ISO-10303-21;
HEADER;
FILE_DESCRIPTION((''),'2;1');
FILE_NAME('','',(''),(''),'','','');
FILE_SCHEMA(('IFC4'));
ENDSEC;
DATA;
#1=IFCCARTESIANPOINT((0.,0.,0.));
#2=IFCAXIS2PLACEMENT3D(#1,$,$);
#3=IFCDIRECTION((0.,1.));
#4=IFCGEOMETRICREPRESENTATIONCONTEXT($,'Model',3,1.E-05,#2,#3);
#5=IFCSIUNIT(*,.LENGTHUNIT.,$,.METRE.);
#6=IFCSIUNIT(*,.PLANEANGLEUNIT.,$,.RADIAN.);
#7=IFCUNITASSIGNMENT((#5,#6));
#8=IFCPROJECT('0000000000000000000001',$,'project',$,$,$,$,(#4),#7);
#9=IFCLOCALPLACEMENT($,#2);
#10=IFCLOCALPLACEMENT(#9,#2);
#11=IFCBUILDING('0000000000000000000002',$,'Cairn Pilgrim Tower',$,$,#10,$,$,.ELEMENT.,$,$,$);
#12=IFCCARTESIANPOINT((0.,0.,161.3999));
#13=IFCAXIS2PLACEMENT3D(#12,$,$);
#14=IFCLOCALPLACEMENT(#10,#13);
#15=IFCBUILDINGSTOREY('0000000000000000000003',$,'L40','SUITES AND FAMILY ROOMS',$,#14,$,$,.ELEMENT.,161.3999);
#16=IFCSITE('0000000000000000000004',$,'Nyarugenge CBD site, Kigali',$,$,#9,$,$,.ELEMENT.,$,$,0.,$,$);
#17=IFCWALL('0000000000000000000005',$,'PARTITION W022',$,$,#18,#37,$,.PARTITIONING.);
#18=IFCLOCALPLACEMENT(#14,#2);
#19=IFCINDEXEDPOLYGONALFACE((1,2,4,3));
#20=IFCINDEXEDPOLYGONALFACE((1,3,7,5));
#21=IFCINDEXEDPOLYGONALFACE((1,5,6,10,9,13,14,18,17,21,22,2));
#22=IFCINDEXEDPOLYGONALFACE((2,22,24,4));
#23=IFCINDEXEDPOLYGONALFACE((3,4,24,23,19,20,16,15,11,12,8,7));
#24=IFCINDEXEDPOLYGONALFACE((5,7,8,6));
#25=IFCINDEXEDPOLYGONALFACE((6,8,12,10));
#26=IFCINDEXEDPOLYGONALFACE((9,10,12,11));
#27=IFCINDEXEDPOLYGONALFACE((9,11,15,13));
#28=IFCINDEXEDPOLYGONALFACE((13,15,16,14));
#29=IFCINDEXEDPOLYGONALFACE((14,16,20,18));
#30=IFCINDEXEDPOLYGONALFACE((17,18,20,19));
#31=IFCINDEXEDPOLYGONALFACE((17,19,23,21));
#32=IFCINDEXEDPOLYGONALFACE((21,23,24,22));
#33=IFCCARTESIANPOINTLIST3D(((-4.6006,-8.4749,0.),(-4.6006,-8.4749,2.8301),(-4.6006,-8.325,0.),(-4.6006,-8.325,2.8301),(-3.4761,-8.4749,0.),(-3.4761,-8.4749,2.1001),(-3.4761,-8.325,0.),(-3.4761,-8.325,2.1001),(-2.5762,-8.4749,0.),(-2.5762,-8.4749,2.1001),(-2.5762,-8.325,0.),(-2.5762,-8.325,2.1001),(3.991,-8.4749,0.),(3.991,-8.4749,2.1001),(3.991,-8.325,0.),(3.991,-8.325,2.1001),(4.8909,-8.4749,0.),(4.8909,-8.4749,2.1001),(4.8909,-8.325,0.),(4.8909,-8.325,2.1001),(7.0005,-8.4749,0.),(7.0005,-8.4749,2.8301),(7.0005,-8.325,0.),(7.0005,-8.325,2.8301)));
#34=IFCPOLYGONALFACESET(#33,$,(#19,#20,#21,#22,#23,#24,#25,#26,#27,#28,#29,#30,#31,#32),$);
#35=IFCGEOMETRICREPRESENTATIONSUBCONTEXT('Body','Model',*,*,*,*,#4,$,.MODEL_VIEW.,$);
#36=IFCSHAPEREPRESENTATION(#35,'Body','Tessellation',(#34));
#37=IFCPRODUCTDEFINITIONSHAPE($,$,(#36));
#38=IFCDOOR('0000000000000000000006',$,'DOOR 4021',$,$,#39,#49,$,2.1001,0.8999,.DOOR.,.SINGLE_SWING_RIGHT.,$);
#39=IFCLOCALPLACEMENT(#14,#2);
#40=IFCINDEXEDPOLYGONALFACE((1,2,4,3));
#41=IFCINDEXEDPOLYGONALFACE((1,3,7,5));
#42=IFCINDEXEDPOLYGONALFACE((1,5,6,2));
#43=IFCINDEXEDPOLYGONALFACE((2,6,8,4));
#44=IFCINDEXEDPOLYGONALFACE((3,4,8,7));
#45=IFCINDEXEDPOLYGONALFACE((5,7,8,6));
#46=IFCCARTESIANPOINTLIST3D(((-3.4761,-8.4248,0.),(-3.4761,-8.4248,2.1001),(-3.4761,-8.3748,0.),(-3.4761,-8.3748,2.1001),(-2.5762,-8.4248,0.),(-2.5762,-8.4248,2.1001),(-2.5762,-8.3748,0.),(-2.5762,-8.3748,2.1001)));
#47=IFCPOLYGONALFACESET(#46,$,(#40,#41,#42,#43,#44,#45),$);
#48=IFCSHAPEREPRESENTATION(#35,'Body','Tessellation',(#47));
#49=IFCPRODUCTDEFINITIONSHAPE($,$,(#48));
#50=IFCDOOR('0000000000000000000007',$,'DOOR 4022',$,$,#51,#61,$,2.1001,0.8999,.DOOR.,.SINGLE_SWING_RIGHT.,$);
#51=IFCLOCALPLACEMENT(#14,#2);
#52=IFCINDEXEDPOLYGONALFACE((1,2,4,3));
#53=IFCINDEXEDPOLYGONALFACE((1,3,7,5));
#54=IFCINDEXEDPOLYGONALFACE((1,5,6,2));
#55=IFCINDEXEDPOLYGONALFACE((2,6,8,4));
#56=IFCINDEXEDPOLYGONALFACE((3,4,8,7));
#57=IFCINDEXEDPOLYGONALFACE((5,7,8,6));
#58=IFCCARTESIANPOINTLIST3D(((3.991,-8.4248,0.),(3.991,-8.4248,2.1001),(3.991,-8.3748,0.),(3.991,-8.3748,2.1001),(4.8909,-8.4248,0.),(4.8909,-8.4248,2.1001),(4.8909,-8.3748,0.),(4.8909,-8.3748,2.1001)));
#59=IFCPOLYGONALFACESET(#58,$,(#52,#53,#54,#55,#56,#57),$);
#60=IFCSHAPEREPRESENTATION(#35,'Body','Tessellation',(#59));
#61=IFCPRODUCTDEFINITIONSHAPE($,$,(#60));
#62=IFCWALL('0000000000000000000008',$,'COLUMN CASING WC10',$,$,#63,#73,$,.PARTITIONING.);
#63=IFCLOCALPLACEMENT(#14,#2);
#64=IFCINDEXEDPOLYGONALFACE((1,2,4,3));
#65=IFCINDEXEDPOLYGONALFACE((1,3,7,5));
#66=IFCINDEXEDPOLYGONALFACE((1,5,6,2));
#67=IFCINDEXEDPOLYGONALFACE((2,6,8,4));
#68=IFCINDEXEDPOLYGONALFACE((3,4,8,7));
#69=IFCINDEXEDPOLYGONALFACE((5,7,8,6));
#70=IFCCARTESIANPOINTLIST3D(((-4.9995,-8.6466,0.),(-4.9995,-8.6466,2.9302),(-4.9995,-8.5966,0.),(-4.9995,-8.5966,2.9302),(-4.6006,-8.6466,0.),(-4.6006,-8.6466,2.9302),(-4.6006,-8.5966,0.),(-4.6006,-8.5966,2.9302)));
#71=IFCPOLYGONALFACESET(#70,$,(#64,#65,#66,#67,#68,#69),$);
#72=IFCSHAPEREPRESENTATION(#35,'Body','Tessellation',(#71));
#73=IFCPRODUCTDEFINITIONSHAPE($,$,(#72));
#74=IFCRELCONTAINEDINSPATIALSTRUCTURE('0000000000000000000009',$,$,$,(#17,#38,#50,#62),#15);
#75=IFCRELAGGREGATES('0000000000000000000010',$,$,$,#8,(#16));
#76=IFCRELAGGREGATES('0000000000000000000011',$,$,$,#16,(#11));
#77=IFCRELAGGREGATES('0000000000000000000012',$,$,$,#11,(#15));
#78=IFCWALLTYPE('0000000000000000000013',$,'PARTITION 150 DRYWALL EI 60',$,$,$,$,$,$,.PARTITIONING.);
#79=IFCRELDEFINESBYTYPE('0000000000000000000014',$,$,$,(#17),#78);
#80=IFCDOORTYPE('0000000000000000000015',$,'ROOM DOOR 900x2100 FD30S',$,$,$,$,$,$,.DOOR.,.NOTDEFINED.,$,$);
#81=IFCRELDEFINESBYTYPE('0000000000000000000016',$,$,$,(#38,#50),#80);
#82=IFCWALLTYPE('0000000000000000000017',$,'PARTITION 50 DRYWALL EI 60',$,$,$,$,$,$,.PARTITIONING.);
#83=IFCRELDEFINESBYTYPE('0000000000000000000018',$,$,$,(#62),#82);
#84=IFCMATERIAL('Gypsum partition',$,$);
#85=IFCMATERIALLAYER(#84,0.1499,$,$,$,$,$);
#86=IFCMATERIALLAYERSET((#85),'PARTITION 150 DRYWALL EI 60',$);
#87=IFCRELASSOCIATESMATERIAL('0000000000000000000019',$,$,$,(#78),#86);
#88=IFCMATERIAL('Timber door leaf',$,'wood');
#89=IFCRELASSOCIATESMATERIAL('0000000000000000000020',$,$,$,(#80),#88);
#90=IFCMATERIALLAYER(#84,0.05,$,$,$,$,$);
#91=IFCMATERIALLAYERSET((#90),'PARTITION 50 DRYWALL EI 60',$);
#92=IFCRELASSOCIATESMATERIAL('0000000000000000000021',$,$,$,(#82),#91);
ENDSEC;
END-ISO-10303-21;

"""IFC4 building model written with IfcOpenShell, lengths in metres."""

from ifc_helpers import new_model, si_unit, direction, frame, frame_2d, origin, place, context, subcontext, project, spatial, rectangle, extrude, material, layer, layer_set, type_object, element, fill, save


model = new_model("IFC4")

# Units and contexts
model_context = context("Model", 3, precision=1e-05, world=origin(), true_north=direction((0.0, 1.0)))
body_context = subcontext(model_context, "Body", "Model", "MODEL_VIEW")
ifc_project = project(units=[si_unit("LENGTHUNIT", "METRE"), si_unit("PLANEANGLEUNIT", "RADIAN")], contexts=[model_context])

# Site, building, storey
site_placement = place(None, origin())
site = spatial("IfcSite", under=ifc_project, at=site_placement, Name="Nyarugenge CBD site, Kigali", CompositionType="ELEMENT", RefElevation=0.0)
building_placement = place(site_placement, origin())
building = spatial("IfcBuilding", under=site, at=building_placement, Name="Cairn Pilgrim Tower", CompositionType="ELEMENT")
storey_placement = place(building_placement, frame((0.0, 0.0, 161.3999)))
storey = spatial("IfcBuildingStorey", under=building, at=storey_placement, Name="L40", Description="SUITES AND FAMILY ROOMS", CompositionType="ELEMENT", Elevation=161.3999)

# Wall, openings, doors
ifc_material_1 = material(Name="Gypsum partition")
ifc_layer_1 = layer(ifc_material_1, 0.1499)
ifc_layer_set_1 = layer_set([ifc_layer_1], Name="PARTITION 150 DRYWALL EI 60")
wall_type_1 = type_object("IfcWallType", Name="PARTITION 150 DRYWALL EI 60", PredefinedType="PARTITIONING", material=ifc_layer_set_1)
wall_1_placement = place(storey_placement, frame((-4.6006, -8.3999, 0.0), z_axis=(0.0, 0.0, 1.0), x_axis=(1.0, 0.0, 0.0)))
wall_1 = element("IfcWall", 1, at=wall_1_placement, inside=storey, type_object=wall_type_1, Name="PARTITION W022", PredefinedType="PARTITIONING", context=body_context, shape_type="SweptSolid", body=[
    extrude(rectangle(XDim=11.6011, YDim=0.1499, at=frame_2d((5.8005, 0.0))), origin(), (0.0, 0.0, 1.0), 2.8301),
])
opening_1_placement = place(wall_1_placement, frame((1.1245, 0.0, 0.0)))
opening_1 = element("IfcOpeningElement", 2, at=opening_1_placement, cuts=wall_1, PredefinedType="OPENING", context=body_context, shape_type="SweptSolid", body=[
    extrude(rectangle(XDim=0.8999, YDim=2.1001, at=frame_2d((0.45, 1.05))), frame((0.0, 0.085, 0.0), z_axis=(0.0, -1.0, 0.0), x_axis=(1.0, 0.0, 0.0)), (0.0, 0.0, 1.0), 0.1699),
])
opening_2_placement = place(wall_1_placement, frame((8.5916, 0.0, 0.0)))
opening_2 = element("IfcOpeningElement", 3, at=opening_2_placement, cuts=wall_1, PredefinedType="OPENING", context=body_context, shape_type="SweptSolid", body=[
    extrude(rectangle(XDim=0.8999, YDim=2.1001, at=frame_2d((0.45, 1.05))), frame((0.0, 0.085, 0.0), z_axis=(0.0, -1.0, 0.0), x_axis=(1.0, 0.0, 0.0)), (0.0, 0.0, 1.0), 0.1699),
])
ifc_material_2 = material(Name="Timber door leaf", Category="wood")
door_type_1 = type_object("IfcDoorType", Name="ROOM DOOR 900x2100 FD30S", OperationType="NOTDEFINED", PredefinedType="DOOR", material=ifc_material_2)
door_1_placement = place(opening_1_placement, frame((0.8999, 0.0, 0.0), z_axis=(0.0, 0.0, 1.0), x_axis=(-1.0, 0.0, 0.0)))
door_1 = element("IfcDoor", 4, at=door_1_placement, inside=storey, type_object=door_type_1, Name="DOOR 4021", OperationType="SINGLE_SWING_RIGHT", OverallHeight=2.1001, OverallWidth=0.8999, PredefinedType="DOOR", context=body_context, shape_type="SweptSolid", body=[
    extrude(rectangle(XDim=0.8999, YDim=2.1001, at=frame_2d((0.45, 1.05))), frame((0.0, 0.0249, 0.0), z_axis=(0.0, -1.0, 0.0), x_axis=(1.0, 0.0, 0.0)), (0.0, 0.0, 1.0), 0.05),
])
fill(opening_1, door_1)
door_2_placement = place(opening_2_placement, frame((0.8999, 0.0, 0.0), z_axis=(0.0, 0.0, 1.0), x_axis=(-1.0, 0.0, 0.0)))
door_2 = element("IfcDoor", 5, at=door_2_placement, inside=storey, type_object=door_type_1, Name="DOOR 4022", OperationType="SINGLE_SWING_RIGHT", OverallHeight=2.1001, OverallWidth=0.8999, PredefinedType="DOOR", context=body_context, shape_type="SweptSolid", body=[
    extrude(rectangle(XDim=0.8999, YDim=2.1001, at=frame_2d((0.45, 1.05))), frame((0.0, 0.0249, 0.0), z_axis=(0.0, -1.0, 0.0), x_axis=(1.0, 0.0, 0.0)), (0.0, 0.0, 1.0), 0.05),
])
fill(opening_2, door_2)

# Wall
ifc_layer_2 = layer(ifc_material_1, 0.05)
ifc_layer_set_2 = layer_set([ifc_layer_2], Name="PARTITION 50 DRYWALL EI 60")
wall_type_2 = type_object("IfcWallType", Name="PARTITION 50 DRYWALL EI 60", PredefinedType="PARTITIONING", material=ifc_layer_set_2)
wall_2_placement = place(storey_placement, frame((-4.9995, -8.6216, 0.0), z_axis=(0.0, 0.0, 1.0), x_axis=(1.0, 0.0, 0.0)))
element("IfcWall", 6, at=wall_2_placement, inside=storey, type_object=wall_type_2, Name="COLUMN CASING WC10", PredefinedType="PARTITIONING", context=body_context, shape_type="SweptSolid", body=[
    extrude(rectangle(XDim=0.3989, YDim=0.05, at=frame_2d((0.1995, 0.0))), origin(), (0.0, 0.0, 1.0), 2.9302),
])

save(model, "model.ifc")
